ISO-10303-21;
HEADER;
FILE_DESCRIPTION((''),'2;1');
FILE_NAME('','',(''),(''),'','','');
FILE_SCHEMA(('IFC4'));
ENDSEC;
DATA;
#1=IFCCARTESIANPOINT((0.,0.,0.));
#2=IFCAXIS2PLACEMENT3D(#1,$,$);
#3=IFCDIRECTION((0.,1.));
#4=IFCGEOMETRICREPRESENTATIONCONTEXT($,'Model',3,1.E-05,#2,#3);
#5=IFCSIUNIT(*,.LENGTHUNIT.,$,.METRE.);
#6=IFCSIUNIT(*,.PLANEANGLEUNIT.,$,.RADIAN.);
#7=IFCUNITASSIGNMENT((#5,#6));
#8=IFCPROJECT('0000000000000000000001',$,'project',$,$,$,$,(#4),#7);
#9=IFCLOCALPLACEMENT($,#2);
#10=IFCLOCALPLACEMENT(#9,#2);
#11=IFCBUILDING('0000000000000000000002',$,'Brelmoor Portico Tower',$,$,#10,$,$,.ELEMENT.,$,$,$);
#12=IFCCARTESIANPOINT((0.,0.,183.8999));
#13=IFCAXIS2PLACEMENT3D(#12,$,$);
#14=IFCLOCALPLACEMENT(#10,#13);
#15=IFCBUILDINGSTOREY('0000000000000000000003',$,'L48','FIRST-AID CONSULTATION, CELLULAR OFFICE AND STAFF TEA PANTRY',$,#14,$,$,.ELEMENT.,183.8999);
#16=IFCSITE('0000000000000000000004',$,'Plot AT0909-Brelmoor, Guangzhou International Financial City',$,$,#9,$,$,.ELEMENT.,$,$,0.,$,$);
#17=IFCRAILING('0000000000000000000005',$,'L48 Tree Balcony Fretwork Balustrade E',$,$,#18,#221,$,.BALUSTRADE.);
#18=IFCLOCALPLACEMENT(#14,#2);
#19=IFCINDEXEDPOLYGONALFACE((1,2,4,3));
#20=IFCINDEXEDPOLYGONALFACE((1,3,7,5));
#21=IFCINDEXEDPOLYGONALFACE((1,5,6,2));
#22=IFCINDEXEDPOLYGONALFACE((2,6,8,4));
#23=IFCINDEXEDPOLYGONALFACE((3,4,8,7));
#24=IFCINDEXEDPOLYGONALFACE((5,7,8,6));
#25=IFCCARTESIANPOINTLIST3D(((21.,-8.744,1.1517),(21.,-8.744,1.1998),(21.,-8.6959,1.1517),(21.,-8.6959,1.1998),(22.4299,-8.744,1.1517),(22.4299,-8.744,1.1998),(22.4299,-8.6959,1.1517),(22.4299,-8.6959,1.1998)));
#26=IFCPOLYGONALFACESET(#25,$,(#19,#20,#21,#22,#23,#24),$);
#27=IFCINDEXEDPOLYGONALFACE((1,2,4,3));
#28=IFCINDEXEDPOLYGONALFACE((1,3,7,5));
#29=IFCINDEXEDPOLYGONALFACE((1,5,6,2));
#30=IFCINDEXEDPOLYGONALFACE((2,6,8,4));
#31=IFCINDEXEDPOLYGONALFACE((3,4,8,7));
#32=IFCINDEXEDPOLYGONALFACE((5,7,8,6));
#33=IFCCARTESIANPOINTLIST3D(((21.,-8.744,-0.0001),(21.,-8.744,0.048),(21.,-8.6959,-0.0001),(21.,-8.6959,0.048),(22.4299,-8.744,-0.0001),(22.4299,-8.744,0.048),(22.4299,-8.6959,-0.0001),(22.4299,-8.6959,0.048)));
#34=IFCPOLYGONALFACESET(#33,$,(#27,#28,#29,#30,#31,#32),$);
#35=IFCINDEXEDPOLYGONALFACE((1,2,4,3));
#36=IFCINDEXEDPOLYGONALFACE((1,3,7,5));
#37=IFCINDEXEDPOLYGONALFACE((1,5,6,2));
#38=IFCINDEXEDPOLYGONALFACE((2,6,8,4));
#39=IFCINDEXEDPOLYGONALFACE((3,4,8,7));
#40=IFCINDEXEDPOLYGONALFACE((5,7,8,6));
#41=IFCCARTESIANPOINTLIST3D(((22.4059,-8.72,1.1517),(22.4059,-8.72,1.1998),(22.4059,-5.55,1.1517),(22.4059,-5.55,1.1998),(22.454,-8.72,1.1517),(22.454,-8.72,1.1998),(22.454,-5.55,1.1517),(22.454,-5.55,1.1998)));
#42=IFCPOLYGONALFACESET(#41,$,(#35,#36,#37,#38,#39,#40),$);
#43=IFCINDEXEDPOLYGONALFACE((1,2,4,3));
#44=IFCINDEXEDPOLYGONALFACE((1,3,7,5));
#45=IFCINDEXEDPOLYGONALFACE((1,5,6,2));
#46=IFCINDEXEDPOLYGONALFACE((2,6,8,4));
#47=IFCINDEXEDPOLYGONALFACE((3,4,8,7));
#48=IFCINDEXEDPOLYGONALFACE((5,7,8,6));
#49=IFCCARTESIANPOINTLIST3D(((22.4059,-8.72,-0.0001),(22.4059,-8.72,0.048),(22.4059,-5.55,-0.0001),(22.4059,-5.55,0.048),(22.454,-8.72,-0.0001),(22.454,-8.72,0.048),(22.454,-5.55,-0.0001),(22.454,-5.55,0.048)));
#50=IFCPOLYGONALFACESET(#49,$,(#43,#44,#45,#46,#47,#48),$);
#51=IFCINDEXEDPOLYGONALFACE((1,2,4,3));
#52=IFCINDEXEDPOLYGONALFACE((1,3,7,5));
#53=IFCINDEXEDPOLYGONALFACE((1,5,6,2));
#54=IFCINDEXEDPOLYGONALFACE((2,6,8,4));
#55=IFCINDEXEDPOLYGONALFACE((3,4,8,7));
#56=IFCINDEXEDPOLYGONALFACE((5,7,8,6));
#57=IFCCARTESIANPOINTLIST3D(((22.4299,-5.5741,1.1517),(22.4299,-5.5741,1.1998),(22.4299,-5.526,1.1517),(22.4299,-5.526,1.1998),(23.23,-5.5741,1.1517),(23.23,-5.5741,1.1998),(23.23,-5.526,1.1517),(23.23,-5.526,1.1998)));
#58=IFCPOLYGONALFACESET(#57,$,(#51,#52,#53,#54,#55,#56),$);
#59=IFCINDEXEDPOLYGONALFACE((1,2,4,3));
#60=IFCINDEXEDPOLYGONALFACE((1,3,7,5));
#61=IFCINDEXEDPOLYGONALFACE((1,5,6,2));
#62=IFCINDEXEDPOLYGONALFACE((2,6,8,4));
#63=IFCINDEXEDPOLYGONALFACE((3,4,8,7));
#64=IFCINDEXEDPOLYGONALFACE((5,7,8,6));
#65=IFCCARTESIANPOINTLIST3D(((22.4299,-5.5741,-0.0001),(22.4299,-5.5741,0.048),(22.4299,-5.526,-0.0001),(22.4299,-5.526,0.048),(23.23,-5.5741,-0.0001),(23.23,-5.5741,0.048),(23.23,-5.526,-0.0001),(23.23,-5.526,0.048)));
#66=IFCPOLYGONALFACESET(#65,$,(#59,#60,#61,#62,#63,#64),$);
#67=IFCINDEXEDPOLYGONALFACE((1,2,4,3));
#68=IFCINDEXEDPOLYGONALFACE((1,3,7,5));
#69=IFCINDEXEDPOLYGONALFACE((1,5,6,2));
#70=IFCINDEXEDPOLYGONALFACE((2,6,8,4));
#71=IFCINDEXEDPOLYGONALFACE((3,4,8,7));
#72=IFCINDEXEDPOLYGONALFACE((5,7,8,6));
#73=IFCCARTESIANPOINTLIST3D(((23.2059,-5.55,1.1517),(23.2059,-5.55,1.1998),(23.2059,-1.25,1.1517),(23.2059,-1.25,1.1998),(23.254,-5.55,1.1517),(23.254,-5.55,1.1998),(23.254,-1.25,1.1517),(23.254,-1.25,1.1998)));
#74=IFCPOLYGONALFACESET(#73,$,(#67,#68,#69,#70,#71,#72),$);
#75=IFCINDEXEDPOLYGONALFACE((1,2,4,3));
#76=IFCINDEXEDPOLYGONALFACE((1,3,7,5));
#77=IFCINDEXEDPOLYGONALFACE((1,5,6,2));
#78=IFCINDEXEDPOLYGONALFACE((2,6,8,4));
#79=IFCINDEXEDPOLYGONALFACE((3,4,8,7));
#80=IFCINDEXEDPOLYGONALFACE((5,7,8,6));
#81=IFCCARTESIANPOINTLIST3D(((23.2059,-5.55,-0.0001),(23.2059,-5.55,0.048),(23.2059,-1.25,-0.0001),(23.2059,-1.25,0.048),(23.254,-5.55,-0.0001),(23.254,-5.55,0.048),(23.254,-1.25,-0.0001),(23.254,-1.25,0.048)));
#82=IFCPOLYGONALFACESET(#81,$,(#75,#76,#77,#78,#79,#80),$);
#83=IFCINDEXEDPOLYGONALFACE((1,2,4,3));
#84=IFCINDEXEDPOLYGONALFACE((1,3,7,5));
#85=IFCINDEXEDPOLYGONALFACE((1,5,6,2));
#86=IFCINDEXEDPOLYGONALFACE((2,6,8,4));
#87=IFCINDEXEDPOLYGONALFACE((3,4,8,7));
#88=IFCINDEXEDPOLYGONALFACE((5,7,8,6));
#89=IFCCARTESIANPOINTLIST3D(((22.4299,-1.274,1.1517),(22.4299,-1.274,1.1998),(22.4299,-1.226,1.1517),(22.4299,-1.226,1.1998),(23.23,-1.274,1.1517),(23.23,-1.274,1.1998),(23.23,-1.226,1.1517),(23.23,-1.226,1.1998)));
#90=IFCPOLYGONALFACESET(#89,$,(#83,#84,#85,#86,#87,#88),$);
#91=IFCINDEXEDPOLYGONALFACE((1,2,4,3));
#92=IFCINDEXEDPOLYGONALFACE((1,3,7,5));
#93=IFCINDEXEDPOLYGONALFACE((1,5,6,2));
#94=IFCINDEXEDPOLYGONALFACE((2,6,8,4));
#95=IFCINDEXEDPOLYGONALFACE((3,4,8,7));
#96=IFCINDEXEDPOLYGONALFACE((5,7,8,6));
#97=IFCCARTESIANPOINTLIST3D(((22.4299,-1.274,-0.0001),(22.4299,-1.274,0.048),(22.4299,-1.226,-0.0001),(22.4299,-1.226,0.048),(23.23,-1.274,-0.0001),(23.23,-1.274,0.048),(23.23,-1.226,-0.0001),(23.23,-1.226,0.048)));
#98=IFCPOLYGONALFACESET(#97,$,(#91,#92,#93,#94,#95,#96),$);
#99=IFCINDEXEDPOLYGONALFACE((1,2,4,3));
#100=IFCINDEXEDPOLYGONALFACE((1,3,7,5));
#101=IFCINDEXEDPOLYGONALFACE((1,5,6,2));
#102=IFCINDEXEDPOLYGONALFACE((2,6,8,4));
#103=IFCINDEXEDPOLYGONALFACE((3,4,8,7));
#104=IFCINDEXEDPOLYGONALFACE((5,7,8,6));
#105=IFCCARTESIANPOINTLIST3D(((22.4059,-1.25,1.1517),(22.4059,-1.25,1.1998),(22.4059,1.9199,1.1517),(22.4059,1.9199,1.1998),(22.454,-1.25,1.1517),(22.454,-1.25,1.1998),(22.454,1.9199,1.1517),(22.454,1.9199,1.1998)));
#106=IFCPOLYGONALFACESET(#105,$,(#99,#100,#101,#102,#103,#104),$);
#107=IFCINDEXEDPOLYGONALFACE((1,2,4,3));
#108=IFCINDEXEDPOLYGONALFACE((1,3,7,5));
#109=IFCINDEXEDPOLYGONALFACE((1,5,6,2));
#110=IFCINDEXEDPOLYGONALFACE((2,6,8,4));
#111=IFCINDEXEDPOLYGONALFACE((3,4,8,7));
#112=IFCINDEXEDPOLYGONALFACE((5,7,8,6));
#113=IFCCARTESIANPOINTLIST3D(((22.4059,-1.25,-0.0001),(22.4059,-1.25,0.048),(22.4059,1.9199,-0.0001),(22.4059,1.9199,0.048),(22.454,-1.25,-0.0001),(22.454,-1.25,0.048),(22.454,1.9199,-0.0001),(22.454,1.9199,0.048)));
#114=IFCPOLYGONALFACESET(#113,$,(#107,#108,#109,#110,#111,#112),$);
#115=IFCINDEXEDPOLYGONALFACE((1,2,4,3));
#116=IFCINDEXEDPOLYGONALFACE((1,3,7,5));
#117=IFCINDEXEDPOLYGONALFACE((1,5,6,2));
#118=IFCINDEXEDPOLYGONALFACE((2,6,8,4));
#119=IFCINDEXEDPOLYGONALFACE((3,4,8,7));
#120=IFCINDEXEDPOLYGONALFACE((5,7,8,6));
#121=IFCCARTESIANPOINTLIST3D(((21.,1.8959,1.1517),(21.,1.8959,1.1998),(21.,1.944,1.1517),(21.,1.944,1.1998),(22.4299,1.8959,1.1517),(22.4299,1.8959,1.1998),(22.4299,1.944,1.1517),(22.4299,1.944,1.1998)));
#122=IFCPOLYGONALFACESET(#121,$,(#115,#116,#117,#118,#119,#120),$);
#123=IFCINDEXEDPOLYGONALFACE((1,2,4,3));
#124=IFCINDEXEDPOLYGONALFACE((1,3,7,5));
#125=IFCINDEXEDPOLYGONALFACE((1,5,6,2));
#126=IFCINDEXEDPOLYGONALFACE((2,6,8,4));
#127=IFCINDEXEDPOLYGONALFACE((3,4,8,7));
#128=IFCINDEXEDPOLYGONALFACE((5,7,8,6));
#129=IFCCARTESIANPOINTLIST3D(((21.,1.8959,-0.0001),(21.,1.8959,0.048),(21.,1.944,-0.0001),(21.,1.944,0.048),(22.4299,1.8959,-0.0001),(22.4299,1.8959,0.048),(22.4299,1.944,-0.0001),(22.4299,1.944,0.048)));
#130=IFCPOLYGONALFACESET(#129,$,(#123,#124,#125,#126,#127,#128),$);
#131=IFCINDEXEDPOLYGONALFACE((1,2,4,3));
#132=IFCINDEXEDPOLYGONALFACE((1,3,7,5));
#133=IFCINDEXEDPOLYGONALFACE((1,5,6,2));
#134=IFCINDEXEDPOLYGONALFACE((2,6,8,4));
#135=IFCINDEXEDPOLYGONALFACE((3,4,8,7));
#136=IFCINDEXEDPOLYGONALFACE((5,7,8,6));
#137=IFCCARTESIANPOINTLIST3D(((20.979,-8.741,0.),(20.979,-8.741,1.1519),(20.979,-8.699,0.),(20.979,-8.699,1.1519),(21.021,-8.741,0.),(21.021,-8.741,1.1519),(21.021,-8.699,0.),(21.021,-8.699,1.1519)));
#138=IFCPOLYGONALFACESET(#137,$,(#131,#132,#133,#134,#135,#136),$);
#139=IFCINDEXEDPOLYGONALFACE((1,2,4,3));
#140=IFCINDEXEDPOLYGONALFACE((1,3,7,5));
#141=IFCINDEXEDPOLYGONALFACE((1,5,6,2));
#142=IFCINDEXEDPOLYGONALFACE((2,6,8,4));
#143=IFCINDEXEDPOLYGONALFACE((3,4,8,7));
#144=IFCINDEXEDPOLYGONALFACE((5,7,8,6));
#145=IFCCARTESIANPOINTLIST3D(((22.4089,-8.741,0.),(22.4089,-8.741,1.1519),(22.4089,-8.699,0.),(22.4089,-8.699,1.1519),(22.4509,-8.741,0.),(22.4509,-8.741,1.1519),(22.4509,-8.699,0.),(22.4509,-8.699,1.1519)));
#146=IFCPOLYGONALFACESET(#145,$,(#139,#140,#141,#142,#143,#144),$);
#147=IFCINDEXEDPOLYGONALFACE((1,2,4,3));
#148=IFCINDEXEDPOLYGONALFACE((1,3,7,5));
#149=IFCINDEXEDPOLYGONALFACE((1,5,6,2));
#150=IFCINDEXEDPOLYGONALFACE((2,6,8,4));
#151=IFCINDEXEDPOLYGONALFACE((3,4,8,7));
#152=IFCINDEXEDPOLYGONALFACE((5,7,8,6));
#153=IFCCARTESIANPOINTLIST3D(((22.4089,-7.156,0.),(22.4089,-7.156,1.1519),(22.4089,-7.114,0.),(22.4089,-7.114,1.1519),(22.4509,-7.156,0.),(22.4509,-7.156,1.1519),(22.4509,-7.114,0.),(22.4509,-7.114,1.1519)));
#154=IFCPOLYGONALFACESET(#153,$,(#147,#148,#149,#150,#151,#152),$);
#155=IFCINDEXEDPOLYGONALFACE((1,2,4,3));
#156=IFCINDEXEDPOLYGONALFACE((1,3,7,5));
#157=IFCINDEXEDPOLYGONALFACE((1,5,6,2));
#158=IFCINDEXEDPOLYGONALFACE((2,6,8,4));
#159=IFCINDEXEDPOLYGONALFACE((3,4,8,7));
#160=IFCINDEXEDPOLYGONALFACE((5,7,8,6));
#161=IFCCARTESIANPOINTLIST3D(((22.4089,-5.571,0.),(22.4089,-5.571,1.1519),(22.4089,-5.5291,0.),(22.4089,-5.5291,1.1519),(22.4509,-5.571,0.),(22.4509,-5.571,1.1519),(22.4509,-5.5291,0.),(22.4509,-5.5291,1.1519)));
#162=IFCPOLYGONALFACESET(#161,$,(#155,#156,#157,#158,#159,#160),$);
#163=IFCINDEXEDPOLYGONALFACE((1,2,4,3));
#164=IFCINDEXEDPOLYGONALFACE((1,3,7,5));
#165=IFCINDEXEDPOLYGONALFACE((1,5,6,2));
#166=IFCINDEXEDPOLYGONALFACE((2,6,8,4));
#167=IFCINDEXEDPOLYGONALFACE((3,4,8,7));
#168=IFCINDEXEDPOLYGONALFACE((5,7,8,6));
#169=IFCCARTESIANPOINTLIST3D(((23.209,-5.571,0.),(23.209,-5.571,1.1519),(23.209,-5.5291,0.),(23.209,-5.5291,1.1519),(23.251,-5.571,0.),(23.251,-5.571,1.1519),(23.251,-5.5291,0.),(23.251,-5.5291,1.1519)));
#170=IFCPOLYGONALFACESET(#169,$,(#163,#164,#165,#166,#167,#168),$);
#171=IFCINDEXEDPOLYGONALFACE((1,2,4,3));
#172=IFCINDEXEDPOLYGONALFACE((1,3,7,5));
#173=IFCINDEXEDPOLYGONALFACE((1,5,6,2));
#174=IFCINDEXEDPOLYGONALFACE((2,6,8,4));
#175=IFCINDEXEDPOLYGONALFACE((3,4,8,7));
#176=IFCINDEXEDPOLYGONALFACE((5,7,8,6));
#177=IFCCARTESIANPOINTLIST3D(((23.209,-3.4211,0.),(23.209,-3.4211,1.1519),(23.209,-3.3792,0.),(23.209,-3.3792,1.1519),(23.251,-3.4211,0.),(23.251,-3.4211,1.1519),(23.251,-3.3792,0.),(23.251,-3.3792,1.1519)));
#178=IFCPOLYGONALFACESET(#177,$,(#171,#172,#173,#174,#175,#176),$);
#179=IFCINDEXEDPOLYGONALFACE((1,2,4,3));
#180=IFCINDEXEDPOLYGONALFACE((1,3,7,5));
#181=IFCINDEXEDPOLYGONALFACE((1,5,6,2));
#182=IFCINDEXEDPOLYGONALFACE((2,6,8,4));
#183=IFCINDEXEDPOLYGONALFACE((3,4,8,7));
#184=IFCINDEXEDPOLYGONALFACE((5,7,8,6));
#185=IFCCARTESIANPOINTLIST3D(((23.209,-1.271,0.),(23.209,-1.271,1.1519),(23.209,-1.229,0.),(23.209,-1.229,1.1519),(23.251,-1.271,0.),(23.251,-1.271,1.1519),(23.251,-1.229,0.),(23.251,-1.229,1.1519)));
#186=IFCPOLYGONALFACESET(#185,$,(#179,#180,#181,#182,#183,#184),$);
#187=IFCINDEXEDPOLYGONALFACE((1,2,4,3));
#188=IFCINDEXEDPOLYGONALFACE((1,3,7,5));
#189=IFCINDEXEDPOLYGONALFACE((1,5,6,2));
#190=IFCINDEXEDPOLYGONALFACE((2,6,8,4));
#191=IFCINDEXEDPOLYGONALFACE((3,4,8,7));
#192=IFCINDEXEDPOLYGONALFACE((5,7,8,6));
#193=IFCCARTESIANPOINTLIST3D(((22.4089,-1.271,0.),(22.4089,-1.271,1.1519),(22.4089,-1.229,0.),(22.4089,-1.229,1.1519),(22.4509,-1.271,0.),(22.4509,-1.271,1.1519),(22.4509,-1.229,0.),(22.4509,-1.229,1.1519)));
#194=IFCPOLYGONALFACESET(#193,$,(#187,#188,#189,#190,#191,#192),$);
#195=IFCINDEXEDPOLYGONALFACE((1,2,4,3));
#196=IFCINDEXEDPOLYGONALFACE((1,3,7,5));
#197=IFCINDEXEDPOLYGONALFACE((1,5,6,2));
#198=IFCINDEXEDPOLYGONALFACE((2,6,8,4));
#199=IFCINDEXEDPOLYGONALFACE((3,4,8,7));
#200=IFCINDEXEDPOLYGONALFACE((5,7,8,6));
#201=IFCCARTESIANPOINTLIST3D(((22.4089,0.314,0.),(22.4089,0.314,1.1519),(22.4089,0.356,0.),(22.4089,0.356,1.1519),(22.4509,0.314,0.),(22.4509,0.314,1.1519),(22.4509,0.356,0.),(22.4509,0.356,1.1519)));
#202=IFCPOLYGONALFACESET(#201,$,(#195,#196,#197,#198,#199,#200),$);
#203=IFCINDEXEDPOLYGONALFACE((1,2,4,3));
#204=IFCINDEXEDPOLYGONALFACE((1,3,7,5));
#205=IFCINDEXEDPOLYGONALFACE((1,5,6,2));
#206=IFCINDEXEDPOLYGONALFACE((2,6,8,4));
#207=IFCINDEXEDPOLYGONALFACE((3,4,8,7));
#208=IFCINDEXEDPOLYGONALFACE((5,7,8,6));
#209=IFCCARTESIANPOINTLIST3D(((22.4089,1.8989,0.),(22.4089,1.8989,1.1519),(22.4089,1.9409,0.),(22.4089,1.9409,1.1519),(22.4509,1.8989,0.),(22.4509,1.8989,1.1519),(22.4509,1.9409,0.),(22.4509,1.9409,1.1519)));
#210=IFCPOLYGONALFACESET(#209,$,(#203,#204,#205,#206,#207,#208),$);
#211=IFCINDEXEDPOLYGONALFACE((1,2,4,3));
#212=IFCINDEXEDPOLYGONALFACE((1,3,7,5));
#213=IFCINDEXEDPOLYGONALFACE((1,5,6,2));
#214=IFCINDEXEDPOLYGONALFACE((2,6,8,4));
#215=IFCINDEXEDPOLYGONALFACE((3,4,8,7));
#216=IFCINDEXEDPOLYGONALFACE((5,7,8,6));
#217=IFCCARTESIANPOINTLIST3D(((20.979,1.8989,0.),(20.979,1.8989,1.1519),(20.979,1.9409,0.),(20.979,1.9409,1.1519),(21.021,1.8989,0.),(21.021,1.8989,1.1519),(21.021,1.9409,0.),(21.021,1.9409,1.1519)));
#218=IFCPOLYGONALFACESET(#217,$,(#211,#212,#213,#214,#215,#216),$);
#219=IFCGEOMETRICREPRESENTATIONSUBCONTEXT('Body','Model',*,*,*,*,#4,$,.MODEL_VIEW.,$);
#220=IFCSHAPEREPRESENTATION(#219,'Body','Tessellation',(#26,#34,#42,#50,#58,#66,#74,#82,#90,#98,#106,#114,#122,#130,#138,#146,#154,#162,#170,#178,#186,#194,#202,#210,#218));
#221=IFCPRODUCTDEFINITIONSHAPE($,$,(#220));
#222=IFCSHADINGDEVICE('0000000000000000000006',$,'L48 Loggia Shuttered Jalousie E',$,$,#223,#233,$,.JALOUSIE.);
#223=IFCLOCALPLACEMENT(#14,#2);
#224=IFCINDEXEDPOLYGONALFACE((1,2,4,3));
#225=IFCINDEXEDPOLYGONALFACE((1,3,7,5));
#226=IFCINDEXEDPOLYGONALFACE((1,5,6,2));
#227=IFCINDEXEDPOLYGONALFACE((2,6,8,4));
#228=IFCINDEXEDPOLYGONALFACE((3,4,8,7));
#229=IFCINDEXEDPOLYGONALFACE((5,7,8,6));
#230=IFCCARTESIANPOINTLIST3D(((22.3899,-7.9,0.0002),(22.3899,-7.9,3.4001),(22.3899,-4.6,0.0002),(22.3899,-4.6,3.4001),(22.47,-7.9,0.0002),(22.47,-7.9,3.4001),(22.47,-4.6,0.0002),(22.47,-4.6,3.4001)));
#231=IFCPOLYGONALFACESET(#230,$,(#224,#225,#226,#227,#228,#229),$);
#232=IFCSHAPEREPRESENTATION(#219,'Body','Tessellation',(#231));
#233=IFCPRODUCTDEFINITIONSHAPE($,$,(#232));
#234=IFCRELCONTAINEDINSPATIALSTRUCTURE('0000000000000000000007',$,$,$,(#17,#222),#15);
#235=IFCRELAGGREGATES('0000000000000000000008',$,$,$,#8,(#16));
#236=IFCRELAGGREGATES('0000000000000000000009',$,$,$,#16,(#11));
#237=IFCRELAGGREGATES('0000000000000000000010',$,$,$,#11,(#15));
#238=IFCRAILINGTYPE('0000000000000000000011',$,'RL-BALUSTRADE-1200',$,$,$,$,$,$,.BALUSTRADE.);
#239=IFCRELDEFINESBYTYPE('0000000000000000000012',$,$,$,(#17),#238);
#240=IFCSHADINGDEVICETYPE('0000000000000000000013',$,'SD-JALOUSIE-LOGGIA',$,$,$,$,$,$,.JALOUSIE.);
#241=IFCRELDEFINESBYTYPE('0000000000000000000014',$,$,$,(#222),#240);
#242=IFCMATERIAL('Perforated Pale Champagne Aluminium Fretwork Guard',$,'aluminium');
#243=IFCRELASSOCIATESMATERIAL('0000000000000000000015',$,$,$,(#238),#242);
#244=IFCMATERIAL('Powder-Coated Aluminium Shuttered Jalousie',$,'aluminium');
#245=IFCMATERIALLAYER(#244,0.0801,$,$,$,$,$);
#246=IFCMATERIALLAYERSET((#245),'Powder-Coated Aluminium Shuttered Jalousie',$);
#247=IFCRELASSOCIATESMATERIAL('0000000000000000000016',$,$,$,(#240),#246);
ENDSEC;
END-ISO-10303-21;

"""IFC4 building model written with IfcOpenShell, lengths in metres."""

from ifc_helpers import new_model, si_unit, direction, frame, origin, origin_2d, place, context, subcontext, project, spatial, rectangle, extrude, material, layer, layer_set, type_object, element, save


model = new_model("IFC4")

# Units and contexts
model_context = context("Model", 3, precision=1e-05, world=origin(), true_north=direction((0.0, 1.0)))
body_context = subcontext(model_context, "Body", "Model", "MODEL_VIEW")
ifc_project = project(units=[si_unit("LENGTHUNIT", "METRE"), si_unit("PLANEANGLEUNIT", "RADIAN")], contexts=[model_context])

# Site, building, storey
site_placement = place(None, origin())
site = spatial("IfcSite", under=ifc_project, at=site_placement, Name="Plot AT0909-Brelmoor, Guangzhou International Financial City", CompositionType="ELEMENT", RefElevation=0.0)
building_placement = place(site_placement, origin())
building = spatial("IfcBuilding", under=site, at=building_placement, Name="Brelmoor Portico Tower", CompositionType="ELEMENT")
storey_placement = place(building_placement, frame((0.0, 0.0, 183.8999)))
storey = spatial("IfcBuildingStorey", under=building, at=storey_placement, Name="L48", Description="FIRST-AID CONSULTATION, CELLULAR OFFICE AND STAFF TEA PANTRY", CompositionType="ELEMENT", Elevation=183.8999)

# Railing
ifc_material_1 = material(Name="Perforated Pale Champagne Aluminium Fretwork Guard", Category="aluminium")
railing_type = type_object("IfcRailingType", Name="RL-BALUSTRADE-1200", PredefinedType="BALUSTRADE", material=ifc_material_1)
railing_placement = place(storey_placement, frame((21.0, -8.72, 0.0)))
element("IfcRailing", 1, at=railing_placement, inside=storey, type_object=railing_type, Name="L48 Tree Balcony Fretwork Balustrade E", PredefinedType="BALUSTRADE", context=body_context, shape_type="SweptSolid", body=[
    extrude(rectangle(XDim=0.0481, YDim=0.0481, at=origin_2d()), frame((0.0, 0.0, 1.1758), z_axis=(1.0, 0.0, 0.0), x_axis=(0.0, 1.0, 0.0)), (0.0, 0.0, 1.0), 1.4299),
    extrude(rectangle(XDim=0.0481, YDim=0.0481, at=origin_2d()), frame((0.0, 0.0, 0.0239), z_axis=(1.0, 0.0, 0.0), x_axis=(0.0, 1.0, 0.0)), (0.0, 0.0, 1.0), 1.4299),
    extrude(rectangle(XDim=0.0481, YDim=0.0481, at=origin_2d()), frame((1.4299, 0.0, 1.1758), z_axis=(0.0, 1.0, 0.0), x_axis=(-1.0, 0.0, 0.0)), (0.0, 0.0, 1.0), 3.1699),
    extrude(rectangle(XDim=0.0481, YDim=0.0481, at=origin_2d()), frame((1.4299, 0.0, 0.0239), z_axis=(0.0, 1.0, 0.0), x_axis=(-1.0, 0.0, 0.0)), (0.0, 0.0, 1.0), 3.1699),
    extrude(rectangle(XDim=0.0481, YDim=0.0481, at=origin_2d()), frame((1.4299, 3.1699, 1.1758), z_axis=(1.0, 0.0, 0.0), x_axis=(0.0, 1.0, 0.0)), (0.0, 0.0, 1.0), 0.8),
    extrude(rectangle(XDim=0.0481, YDim=0.0481, at=origin_2d()), frame((1.4299, 3.1699, 0.0239), z_axis=(1.0, 0.0, 0.0), x_axis=(0.0, 1.0, 0.0)), (0.0, 0.0, 1.0), 0.8),
    extrude(rectangle(XDim=0.0481, YDim=0.0481, at=origin_2d()), frame((2.23, 3.1699, 1.1758), z_axis=(0.0, 1.0, 0.0), x_axis=(-1.0, 0.0, 0.0)), (0.0, 0.0, 1.0), 4.3),
    extrude(rectangle(XDim=0.0481, YDim=0.0481, at=origin_2d()), frame((2.23, 3.1699, 0.0239), z_axis=(0.0, 1.0, 0.0), x_axis=(-1.0, 0.0, 0.0)), (0.0, 0.0, 1.0), 4.3),
    extrude(rectangle(XDim=0.0481, YDim=0.0481, at=origin_2d()), frame((2.23, 7.47, 1.1758), z_axis=(-1.0, 0.0, 0.0), x_axis=(0.0, -1.0, 0.0)), (0.0, 0.0, 1.0), 0.8),
    extrude(rectangle(XDim=0.0481, YDim=0.0481, at=origin_2d()), frame((2.23, 7.47, 0.0239), z_axis=(-1.0, 0.0, 0.0), x_axis=(0.0, -1.0, 0.0)), (0.0, 0.0, 1.0), 0.8),
    extrude(rectangle(XDim=0.0481, YDim=0.0481, at=origin_2d()), frame((1.4299, 7.47, 1.1758), z_axis=(0.0, 1.0, 0.0), x_axis=(-1.0, 0.0, 0.0)), (0.0, 0.0, 1.0), 3.1699),
    extrude(rectangle(XDim=0.0481, YDim=0.0481, at=origin_2d()), frame((1.4299, 7.47, 0.0239), z_axis=(0.0, 1.0, 0.0), x_axis=(-1.0, 0.0, 0.0)), (0.0, 0.0, 1.0), 3.1699),
    extrude(rectangle(XDim=0.0481, YDim=0.0481, at=origin_2d()), frame((1.4299, 10.6399, 1.1758), z_axis=(-1.0, 0.0, 0.0), x_axis=(0.0, -1.0, 0.0)), (0.0, 0.0, 1.0), 1.4299),
    extrude(rectangle(XDim=0.0481, YDim=0.0481, at=origin_2d()), frame((1.4299, 10.6399, 0.0239), z_axis=(-1.0, 0.0, 0.0), x_axis=(0.0, -1.0, 0.0)), (0.0, 0.0, 1.0), 1.4299),
    extrude(rectangle(XDim=0.042, YDim=0.042, at=origin_2d()), origin(), (0.0, 0.0, 1.0), 1.1519),
    extrude(rectangle(XDim=0.042, YDim=0.042, at=origin_2d()), frame((1.4299, 0.0, 0.0)), (0.0, 0.0, 1.0), 1.1519),
    extrude(rectangle(XDim=0.042, YDim=0.042, at=origin_2d()), frame((1.4299, 1.585, 0.0)), (0.0, 0.0, 1.0), 1.1519),
    extrude(rectangle(XDim=0.042, YDim=0.042, at=origin_2d()), frame((1.4299, 3.1699, 0.0)), (0.0, 0.0, 1.0), 1.1519),
    extrude(rectangle(XDim=0.042, YDim=0.042, at=origin_2d()), frame((2.23, 3.1699, 0.0)), (0.0, 0.0, 1.0), 1.1519),
    extrude(rectangle(XDim=0.042, YDim=0.042, at=origin_2d()), frame((2.23, 5.3198, 0.0)), (0.0, 0.0, 1.0), 1.1519),
    extrude(rectangle(XDim=0.042, YDim=0.042, at=origin_2d()), frame((2.23, 7.47, 0.0)), (0.0, 0.0, 1.0), 1.1519),
    extrude(rectangle(XDim=0.042, YDim=0.042, at=origin_2d()), frame((1.4299, 7.47, 0.0)), (0.0, 0.0, 1.0), 1.1519),
    extrude(rectangle(XDim=0.042, YDim=0.042, at=origin_2d()), frame((1.4299, 9.0549, 0.0)), (0.0, 0.0, 1.0), 1.1519),
    extrude(rectangle(XDim=0.042, YDim=0.042, at=origin_2d()), frame((1.4299, 10.6399, 0.0)), (0.0, 0.0, 1.0), 1.1519),
    extrude(rectangle(XDim=0.042, YDim=0.042, at=origin_2d()), frame((0.0, 10.6399, 0.0)), (0.0, 0.0, 1.0), 1.1519),
])

# Shading device
ifc_material_2 = material(Name="Powder-Coated Aluminium Shuttered Jalousie", Category="aluminium")
ifc_layer_1 = layer(ifc_material_2, 0.0801)
ifc_layer_set_1 = layer_set([ifc_layer_1], Name="Powder-Coated Aluminium Shuttered Jalousie")
shading_device_type = type_object("IfcShadingDeviceType", Name="SD-JALOUSIE-LOGGIA", PredefinedType="JALOUSIE", material=ifc_layer_set_1)
shading_device_placement = place(storey_placement, frame((22.4299, -6.25, 0.0002), z_axis=(0.0, 0.0, 1.0), x_axis=(0.0, 1.0, 0.0)))
element("IfcShadingDevice", 2, at=shading_device_placement, inside=storey, type_object=shading_device_type, Name="L48 Loggia Shuttered Jalousie E", PredefinedType="JALOUSIE", context=body_context, shape_type="SweptSolid", body=[
    extrude(rectangle(XDim=3.3, YDim=0.0801, at=origin_2d()), origin(), (0.0, 0.0, 1.0), 3.3999),
])

save(model, "model.ifc")
